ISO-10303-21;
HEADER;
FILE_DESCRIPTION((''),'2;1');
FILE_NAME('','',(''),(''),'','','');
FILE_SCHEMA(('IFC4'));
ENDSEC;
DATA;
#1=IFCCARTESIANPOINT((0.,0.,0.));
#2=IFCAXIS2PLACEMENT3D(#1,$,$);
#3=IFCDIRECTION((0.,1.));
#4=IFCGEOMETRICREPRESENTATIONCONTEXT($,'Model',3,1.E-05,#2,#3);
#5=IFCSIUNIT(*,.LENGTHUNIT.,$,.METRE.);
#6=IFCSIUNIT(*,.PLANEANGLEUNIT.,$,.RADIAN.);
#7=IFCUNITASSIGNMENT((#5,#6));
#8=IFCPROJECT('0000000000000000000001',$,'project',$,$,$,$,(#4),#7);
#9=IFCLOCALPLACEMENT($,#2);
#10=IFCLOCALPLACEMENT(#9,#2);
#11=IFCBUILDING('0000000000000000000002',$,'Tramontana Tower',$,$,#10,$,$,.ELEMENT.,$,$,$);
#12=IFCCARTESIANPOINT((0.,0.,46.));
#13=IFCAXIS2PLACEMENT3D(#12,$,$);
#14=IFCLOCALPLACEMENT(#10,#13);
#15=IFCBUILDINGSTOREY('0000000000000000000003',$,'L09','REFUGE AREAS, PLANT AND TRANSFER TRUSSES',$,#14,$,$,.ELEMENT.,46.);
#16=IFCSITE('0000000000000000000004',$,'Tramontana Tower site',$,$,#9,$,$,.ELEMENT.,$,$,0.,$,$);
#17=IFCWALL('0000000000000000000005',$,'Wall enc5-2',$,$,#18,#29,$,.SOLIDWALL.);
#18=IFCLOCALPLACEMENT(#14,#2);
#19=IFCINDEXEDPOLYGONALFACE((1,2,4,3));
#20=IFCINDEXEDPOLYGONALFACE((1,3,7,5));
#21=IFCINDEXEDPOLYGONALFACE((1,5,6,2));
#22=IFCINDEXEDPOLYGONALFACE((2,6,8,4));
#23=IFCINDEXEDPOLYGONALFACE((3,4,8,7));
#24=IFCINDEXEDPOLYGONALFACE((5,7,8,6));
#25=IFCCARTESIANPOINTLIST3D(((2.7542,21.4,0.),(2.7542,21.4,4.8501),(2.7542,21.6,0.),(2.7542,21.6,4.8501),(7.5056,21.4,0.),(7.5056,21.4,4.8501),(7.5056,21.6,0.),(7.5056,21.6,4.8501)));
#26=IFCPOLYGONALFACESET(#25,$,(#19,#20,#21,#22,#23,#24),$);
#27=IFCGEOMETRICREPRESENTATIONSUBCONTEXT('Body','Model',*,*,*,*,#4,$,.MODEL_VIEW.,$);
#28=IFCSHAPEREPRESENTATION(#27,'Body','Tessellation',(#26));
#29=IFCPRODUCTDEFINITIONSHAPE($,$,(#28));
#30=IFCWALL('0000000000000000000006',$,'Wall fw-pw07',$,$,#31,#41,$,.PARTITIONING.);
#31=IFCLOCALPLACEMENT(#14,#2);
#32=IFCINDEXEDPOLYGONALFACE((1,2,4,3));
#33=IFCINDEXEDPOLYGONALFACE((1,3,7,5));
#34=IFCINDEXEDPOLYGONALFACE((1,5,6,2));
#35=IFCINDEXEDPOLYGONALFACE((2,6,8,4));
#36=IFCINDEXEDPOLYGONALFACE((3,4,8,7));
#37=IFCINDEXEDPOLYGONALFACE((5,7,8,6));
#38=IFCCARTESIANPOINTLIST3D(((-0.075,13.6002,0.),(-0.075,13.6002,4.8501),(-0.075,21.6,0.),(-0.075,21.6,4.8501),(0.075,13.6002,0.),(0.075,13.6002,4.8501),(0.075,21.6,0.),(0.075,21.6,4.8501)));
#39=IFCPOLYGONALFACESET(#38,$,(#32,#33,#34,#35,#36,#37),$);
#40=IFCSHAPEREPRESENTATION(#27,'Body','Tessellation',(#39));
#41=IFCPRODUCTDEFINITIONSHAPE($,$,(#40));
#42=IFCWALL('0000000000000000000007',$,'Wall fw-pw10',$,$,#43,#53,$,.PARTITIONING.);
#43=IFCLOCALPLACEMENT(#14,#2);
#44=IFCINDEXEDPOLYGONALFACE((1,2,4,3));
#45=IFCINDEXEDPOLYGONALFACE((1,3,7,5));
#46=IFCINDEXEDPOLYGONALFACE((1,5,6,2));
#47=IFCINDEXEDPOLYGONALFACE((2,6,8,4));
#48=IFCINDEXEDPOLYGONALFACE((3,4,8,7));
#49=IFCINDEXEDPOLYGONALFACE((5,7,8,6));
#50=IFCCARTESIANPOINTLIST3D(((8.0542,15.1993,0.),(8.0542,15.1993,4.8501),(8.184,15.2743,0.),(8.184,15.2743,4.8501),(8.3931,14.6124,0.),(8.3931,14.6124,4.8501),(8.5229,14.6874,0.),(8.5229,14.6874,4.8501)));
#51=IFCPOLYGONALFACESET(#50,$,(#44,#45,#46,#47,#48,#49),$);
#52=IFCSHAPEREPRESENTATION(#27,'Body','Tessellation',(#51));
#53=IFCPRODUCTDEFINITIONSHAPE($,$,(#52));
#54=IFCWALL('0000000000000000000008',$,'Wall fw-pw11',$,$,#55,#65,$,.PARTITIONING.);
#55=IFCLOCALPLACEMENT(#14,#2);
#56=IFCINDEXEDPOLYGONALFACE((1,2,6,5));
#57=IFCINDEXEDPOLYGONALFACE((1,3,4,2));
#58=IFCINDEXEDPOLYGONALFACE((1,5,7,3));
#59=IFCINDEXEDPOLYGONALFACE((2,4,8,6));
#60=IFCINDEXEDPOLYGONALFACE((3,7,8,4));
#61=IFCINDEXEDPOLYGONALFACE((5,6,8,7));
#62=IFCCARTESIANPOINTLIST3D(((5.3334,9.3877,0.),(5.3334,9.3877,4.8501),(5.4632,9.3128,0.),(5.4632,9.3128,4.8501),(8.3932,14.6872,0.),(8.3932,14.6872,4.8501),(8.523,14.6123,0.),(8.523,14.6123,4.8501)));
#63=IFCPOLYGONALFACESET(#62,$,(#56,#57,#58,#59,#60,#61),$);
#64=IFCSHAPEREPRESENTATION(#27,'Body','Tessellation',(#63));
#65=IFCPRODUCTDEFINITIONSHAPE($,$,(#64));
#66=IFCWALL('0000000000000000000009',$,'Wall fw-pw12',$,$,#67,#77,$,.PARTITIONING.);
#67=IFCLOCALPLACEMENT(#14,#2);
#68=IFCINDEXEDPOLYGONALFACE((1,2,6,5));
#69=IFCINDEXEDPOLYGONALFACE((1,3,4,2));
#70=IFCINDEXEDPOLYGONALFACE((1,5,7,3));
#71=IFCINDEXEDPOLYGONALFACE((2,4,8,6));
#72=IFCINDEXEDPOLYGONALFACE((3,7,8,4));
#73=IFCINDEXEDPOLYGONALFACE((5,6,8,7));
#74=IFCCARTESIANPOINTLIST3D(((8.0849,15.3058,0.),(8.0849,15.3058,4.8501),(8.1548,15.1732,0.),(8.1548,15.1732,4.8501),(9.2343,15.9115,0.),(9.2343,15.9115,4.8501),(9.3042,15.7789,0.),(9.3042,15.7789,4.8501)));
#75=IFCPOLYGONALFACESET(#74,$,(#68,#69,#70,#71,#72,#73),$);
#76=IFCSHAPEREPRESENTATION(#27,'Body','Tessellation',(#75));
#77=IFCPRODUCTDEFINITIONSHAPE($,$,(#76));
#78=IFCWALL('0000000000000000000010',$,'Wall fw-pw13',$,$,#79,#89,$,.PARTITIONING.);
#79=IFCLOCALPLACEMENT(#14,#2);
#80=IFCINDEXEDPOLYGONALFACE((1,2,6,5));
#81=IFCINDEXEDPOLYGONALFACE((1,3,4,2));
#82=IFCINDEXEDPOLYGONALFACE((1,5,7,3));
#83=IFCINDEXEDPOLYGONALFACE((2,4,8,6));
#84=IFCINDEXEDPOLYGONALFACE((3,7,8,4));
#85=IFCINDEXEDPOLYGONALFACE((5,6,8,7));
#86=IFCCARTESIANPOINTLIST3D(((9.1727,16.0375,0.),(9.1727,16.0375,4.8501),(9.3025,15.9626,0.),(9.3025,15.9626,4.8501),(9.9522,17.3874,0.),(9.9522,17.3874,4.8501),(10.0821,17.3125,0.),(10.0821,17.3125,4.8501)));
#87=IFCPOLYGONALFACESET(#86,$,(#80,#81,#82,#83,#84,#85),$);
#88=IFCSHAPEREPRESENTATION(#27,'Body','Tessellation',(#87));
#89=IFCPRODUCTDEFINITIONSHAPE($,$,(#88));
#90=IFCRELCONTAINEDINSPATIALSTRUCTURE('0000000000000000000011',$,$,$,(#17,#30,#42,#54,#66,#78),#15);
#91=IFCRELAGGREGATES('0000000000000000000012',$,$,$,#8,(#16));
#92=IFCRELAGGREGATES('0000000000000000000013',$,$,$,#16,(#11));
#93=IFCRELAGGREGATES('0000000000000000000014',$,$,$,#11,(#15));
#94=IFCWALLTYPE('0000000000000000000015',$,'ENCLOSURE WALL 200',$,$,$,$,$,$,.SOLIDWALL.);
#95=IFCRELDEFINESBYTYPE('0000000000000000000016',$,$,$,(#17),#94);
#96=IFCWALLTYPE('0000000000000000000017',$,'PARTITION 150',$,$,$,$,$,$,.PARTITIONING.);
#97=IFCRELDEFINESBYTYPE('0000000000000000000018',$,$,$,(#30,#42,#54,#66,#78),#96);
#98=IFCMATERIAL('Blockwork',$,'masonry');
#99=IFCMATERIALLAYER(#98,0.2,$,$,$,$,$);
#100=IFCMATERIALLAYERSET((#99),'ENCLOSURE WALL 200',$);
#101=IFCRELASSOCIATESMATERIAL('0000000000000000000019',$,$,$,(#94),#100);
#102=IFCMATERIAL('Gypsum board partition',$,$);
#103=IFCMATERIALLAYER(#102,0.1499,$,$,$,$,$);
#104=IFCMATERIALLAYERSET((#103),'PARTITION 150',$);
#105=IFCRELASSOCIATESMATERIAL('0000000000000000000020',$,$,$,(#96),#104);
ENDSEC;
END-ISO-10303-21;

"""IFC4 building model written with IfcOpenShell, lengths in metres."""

from ifc_helpers import new_model, si_unit, direction, frame, frame_2d, origin, place, context, subcontext, project, spatial, rectangle, extrude, material, layer, layer_set, type_object, element, save


model = new_model("IFC4")

# Units and contexts
model_context = context("Model", 3, precision=1e-05, world=origin(), true_north=direction((0.0, 1.0)))
body_context = subcontext(model_context, "Body", "Model", "MODEL_VIEW")
ifc_project = project(units=[si_unit("LENGTHUNIT", "METRE"), si_unit("PLANEANGLEUNIT", "RADIAN")], contexts=[model_context])

# Site, building, storey
site_placement = place(None, origin())
site = spatial("IfcSite", under=ifc_project, at=site_placement, Name="Tramontana Tower site", CompositionType="ELEMENT", RefElevation=0.0)
building_placement = place(site_placement, origin())
building = spatial("IfcBuilding", under=site, at=building_placement, Name="Tramontana Tower", CompositionType="ELEMENT")
storey_placement = place(building_placement, frame((0.0, 0.0, 46.0)))
storey = spatial("IfcBuildingStorey", under=building, at=storey_placement, Name="L09", Description="REFUGE AREAS, PLANT AND TRANSFER TRUSSES", CompositionType="ELEMENT", Elevation=46.0)

# Walls
ifc_material_1 = material(Name="Blockwork", Category="masonry")
ifc_layer_1 = layer(ifc_material_1, 0.2)
ifc_layer_set_1 = layer_set([ifc_layer_1], Name="ENCLOSURE WALL 200")
wall_type_1 = type_object("IfcWallType", Name="ENCLOSURE WALL 200", PredefinedType="SOLIDWALL", material=ifc_layer_set_1)
wall_1_placement = place(storey_placement, frame((2.7542, 21.5, 0.0), z_axis=(0.0, 0.0, 1.0), x_axis=(1.0, 0.0, 0.0)))
element("IfcWall", 1, at=wall_1_placement, inside=storey, type_object=wall_type_1, Name="Wall enc5-2", PredefinedType="SOLIDWALL", context=body_context, shape_type="SweptSolid", body=[
    extrude(rectangle(XDim=4.7515, YDim=0.2, at=frame_2d((2.3757, 0.0))), origin(), (0.0, 0.0, 1.0), 4.8501),
])
ifc_material_2 = material(Name="Gypsum board partition")
ifc_layer_2 = layer(ifc_material_2, 0.1499)
ifc_layer_set_2 = layer_set([ifc_layer_2], Name="PARTITION 150")
wall_type_2 = type_object("IfcWallType", Name="PARTITION 150", PredefinedType="PARTITIONING", material=ifc_layer_set_2)
wall_2_placement = place(storey_placement, frame((0.0, 13.6001, 0.0), z_axis=(0.0, 0.0, 1.0), x_axis=(0.0, 1.0, 0.0)))
element("IfcWall", 2, at=wall_2_placement, inside=storey, type_object=wall_type_2, Name="Wall fw-pw07", PredefinedType="PARTITIONING", context=body_context, shape_type="SweptSolid", body=[
    extrude(rectangle(XDim=7.9998, YDim=0.1499, at=frame_2d((4.0, 0.0))), origin(), (0.0, 0.0, 1.0), 4.8501),
])
wall_3_placement = place(storey_placement, frame((8.1191, 15.2368, 0.0), z_axis=(0.0, 0.0, 1.0), x_axis=(0.500013, -0.866018, 0.0)))
element("IfcWall", 3, at=wall_3_placement, inside=storey, type_object=wall_type_2, Name="Wall fw-pw10", PredefinedType="PARTITIONING", context=body_context, shape_type="SweptSolid", body=[
    extrude(rectangle(XDim=0.6777, YDim=0.1499, at=frame_2d((0.3389, 0.0))), origin(), (0.0, 0.0, 1.0), 4.8501),
])
wall_4_placement = place(storey_placement, frame((8.458, 14.6497, 0.0), z_axis=(0.0, 0.0, 1.0), x_axis=(-0.500014, -0.866017, 0.0)))
element("IfcWall", 4, at=wall_4_placement, inside=storey, type_object=wall_type_2, Name="Wall fw-pw11", PredefinedType="PARTITIONING", context=body_context, shape_type="SweptSolid", body=[
    extrude(rectangle(XDim=6.1194, YDim=0.1499, at=frame_2d((3.0596, 0.0))), origin(), (0.0, 0.0, 1.0), 4.8501),
])
wall_5_placement = place(storey_placement, frame((9.2693, 15.8452, 0.0), z_axis=(0.0, 0.0, 1.0), x_axis=(-0.884678, -0.466203, 0.0)))
element("IfcWall", 5, at=wall_5_placement, inside=storey, type_object=wall_type_2, Name="Wall fw-pw12", PredefinedType="PARTITIONING", context=body_context, shape_type="SweptSolid", body=[
    extrude(rectangle(XDim=1.2993, YDim=0.1499, at=frame_2d((0.6497, 0.0))), origin(), (0.0, 0.0, 1.0), 4.8501),
])
wall_6_placement = place(storey_placement, frame((10.0171, 17.3499, 0.0), z_axis=(0.0, 0.0, 1.0), x_axis=(-0.500098, -0.865969, 0.0)))
element("IfcWall", 6, at=wall_6_placement, inside=storey, type_object=wall_type_2, Name="Wall fw-pw13", PredefinedType="PARTITIONING", context=body_context, shape_type="SweptSolid", body=[
    extrude(rectangle(XDim=1.5588, YDim=0.1499, at=frame_2d((0.7793, 0.0))), origin(), (0.0, 0.0, 1.0), 4.8501),
])

save(model, "model.ifc")
